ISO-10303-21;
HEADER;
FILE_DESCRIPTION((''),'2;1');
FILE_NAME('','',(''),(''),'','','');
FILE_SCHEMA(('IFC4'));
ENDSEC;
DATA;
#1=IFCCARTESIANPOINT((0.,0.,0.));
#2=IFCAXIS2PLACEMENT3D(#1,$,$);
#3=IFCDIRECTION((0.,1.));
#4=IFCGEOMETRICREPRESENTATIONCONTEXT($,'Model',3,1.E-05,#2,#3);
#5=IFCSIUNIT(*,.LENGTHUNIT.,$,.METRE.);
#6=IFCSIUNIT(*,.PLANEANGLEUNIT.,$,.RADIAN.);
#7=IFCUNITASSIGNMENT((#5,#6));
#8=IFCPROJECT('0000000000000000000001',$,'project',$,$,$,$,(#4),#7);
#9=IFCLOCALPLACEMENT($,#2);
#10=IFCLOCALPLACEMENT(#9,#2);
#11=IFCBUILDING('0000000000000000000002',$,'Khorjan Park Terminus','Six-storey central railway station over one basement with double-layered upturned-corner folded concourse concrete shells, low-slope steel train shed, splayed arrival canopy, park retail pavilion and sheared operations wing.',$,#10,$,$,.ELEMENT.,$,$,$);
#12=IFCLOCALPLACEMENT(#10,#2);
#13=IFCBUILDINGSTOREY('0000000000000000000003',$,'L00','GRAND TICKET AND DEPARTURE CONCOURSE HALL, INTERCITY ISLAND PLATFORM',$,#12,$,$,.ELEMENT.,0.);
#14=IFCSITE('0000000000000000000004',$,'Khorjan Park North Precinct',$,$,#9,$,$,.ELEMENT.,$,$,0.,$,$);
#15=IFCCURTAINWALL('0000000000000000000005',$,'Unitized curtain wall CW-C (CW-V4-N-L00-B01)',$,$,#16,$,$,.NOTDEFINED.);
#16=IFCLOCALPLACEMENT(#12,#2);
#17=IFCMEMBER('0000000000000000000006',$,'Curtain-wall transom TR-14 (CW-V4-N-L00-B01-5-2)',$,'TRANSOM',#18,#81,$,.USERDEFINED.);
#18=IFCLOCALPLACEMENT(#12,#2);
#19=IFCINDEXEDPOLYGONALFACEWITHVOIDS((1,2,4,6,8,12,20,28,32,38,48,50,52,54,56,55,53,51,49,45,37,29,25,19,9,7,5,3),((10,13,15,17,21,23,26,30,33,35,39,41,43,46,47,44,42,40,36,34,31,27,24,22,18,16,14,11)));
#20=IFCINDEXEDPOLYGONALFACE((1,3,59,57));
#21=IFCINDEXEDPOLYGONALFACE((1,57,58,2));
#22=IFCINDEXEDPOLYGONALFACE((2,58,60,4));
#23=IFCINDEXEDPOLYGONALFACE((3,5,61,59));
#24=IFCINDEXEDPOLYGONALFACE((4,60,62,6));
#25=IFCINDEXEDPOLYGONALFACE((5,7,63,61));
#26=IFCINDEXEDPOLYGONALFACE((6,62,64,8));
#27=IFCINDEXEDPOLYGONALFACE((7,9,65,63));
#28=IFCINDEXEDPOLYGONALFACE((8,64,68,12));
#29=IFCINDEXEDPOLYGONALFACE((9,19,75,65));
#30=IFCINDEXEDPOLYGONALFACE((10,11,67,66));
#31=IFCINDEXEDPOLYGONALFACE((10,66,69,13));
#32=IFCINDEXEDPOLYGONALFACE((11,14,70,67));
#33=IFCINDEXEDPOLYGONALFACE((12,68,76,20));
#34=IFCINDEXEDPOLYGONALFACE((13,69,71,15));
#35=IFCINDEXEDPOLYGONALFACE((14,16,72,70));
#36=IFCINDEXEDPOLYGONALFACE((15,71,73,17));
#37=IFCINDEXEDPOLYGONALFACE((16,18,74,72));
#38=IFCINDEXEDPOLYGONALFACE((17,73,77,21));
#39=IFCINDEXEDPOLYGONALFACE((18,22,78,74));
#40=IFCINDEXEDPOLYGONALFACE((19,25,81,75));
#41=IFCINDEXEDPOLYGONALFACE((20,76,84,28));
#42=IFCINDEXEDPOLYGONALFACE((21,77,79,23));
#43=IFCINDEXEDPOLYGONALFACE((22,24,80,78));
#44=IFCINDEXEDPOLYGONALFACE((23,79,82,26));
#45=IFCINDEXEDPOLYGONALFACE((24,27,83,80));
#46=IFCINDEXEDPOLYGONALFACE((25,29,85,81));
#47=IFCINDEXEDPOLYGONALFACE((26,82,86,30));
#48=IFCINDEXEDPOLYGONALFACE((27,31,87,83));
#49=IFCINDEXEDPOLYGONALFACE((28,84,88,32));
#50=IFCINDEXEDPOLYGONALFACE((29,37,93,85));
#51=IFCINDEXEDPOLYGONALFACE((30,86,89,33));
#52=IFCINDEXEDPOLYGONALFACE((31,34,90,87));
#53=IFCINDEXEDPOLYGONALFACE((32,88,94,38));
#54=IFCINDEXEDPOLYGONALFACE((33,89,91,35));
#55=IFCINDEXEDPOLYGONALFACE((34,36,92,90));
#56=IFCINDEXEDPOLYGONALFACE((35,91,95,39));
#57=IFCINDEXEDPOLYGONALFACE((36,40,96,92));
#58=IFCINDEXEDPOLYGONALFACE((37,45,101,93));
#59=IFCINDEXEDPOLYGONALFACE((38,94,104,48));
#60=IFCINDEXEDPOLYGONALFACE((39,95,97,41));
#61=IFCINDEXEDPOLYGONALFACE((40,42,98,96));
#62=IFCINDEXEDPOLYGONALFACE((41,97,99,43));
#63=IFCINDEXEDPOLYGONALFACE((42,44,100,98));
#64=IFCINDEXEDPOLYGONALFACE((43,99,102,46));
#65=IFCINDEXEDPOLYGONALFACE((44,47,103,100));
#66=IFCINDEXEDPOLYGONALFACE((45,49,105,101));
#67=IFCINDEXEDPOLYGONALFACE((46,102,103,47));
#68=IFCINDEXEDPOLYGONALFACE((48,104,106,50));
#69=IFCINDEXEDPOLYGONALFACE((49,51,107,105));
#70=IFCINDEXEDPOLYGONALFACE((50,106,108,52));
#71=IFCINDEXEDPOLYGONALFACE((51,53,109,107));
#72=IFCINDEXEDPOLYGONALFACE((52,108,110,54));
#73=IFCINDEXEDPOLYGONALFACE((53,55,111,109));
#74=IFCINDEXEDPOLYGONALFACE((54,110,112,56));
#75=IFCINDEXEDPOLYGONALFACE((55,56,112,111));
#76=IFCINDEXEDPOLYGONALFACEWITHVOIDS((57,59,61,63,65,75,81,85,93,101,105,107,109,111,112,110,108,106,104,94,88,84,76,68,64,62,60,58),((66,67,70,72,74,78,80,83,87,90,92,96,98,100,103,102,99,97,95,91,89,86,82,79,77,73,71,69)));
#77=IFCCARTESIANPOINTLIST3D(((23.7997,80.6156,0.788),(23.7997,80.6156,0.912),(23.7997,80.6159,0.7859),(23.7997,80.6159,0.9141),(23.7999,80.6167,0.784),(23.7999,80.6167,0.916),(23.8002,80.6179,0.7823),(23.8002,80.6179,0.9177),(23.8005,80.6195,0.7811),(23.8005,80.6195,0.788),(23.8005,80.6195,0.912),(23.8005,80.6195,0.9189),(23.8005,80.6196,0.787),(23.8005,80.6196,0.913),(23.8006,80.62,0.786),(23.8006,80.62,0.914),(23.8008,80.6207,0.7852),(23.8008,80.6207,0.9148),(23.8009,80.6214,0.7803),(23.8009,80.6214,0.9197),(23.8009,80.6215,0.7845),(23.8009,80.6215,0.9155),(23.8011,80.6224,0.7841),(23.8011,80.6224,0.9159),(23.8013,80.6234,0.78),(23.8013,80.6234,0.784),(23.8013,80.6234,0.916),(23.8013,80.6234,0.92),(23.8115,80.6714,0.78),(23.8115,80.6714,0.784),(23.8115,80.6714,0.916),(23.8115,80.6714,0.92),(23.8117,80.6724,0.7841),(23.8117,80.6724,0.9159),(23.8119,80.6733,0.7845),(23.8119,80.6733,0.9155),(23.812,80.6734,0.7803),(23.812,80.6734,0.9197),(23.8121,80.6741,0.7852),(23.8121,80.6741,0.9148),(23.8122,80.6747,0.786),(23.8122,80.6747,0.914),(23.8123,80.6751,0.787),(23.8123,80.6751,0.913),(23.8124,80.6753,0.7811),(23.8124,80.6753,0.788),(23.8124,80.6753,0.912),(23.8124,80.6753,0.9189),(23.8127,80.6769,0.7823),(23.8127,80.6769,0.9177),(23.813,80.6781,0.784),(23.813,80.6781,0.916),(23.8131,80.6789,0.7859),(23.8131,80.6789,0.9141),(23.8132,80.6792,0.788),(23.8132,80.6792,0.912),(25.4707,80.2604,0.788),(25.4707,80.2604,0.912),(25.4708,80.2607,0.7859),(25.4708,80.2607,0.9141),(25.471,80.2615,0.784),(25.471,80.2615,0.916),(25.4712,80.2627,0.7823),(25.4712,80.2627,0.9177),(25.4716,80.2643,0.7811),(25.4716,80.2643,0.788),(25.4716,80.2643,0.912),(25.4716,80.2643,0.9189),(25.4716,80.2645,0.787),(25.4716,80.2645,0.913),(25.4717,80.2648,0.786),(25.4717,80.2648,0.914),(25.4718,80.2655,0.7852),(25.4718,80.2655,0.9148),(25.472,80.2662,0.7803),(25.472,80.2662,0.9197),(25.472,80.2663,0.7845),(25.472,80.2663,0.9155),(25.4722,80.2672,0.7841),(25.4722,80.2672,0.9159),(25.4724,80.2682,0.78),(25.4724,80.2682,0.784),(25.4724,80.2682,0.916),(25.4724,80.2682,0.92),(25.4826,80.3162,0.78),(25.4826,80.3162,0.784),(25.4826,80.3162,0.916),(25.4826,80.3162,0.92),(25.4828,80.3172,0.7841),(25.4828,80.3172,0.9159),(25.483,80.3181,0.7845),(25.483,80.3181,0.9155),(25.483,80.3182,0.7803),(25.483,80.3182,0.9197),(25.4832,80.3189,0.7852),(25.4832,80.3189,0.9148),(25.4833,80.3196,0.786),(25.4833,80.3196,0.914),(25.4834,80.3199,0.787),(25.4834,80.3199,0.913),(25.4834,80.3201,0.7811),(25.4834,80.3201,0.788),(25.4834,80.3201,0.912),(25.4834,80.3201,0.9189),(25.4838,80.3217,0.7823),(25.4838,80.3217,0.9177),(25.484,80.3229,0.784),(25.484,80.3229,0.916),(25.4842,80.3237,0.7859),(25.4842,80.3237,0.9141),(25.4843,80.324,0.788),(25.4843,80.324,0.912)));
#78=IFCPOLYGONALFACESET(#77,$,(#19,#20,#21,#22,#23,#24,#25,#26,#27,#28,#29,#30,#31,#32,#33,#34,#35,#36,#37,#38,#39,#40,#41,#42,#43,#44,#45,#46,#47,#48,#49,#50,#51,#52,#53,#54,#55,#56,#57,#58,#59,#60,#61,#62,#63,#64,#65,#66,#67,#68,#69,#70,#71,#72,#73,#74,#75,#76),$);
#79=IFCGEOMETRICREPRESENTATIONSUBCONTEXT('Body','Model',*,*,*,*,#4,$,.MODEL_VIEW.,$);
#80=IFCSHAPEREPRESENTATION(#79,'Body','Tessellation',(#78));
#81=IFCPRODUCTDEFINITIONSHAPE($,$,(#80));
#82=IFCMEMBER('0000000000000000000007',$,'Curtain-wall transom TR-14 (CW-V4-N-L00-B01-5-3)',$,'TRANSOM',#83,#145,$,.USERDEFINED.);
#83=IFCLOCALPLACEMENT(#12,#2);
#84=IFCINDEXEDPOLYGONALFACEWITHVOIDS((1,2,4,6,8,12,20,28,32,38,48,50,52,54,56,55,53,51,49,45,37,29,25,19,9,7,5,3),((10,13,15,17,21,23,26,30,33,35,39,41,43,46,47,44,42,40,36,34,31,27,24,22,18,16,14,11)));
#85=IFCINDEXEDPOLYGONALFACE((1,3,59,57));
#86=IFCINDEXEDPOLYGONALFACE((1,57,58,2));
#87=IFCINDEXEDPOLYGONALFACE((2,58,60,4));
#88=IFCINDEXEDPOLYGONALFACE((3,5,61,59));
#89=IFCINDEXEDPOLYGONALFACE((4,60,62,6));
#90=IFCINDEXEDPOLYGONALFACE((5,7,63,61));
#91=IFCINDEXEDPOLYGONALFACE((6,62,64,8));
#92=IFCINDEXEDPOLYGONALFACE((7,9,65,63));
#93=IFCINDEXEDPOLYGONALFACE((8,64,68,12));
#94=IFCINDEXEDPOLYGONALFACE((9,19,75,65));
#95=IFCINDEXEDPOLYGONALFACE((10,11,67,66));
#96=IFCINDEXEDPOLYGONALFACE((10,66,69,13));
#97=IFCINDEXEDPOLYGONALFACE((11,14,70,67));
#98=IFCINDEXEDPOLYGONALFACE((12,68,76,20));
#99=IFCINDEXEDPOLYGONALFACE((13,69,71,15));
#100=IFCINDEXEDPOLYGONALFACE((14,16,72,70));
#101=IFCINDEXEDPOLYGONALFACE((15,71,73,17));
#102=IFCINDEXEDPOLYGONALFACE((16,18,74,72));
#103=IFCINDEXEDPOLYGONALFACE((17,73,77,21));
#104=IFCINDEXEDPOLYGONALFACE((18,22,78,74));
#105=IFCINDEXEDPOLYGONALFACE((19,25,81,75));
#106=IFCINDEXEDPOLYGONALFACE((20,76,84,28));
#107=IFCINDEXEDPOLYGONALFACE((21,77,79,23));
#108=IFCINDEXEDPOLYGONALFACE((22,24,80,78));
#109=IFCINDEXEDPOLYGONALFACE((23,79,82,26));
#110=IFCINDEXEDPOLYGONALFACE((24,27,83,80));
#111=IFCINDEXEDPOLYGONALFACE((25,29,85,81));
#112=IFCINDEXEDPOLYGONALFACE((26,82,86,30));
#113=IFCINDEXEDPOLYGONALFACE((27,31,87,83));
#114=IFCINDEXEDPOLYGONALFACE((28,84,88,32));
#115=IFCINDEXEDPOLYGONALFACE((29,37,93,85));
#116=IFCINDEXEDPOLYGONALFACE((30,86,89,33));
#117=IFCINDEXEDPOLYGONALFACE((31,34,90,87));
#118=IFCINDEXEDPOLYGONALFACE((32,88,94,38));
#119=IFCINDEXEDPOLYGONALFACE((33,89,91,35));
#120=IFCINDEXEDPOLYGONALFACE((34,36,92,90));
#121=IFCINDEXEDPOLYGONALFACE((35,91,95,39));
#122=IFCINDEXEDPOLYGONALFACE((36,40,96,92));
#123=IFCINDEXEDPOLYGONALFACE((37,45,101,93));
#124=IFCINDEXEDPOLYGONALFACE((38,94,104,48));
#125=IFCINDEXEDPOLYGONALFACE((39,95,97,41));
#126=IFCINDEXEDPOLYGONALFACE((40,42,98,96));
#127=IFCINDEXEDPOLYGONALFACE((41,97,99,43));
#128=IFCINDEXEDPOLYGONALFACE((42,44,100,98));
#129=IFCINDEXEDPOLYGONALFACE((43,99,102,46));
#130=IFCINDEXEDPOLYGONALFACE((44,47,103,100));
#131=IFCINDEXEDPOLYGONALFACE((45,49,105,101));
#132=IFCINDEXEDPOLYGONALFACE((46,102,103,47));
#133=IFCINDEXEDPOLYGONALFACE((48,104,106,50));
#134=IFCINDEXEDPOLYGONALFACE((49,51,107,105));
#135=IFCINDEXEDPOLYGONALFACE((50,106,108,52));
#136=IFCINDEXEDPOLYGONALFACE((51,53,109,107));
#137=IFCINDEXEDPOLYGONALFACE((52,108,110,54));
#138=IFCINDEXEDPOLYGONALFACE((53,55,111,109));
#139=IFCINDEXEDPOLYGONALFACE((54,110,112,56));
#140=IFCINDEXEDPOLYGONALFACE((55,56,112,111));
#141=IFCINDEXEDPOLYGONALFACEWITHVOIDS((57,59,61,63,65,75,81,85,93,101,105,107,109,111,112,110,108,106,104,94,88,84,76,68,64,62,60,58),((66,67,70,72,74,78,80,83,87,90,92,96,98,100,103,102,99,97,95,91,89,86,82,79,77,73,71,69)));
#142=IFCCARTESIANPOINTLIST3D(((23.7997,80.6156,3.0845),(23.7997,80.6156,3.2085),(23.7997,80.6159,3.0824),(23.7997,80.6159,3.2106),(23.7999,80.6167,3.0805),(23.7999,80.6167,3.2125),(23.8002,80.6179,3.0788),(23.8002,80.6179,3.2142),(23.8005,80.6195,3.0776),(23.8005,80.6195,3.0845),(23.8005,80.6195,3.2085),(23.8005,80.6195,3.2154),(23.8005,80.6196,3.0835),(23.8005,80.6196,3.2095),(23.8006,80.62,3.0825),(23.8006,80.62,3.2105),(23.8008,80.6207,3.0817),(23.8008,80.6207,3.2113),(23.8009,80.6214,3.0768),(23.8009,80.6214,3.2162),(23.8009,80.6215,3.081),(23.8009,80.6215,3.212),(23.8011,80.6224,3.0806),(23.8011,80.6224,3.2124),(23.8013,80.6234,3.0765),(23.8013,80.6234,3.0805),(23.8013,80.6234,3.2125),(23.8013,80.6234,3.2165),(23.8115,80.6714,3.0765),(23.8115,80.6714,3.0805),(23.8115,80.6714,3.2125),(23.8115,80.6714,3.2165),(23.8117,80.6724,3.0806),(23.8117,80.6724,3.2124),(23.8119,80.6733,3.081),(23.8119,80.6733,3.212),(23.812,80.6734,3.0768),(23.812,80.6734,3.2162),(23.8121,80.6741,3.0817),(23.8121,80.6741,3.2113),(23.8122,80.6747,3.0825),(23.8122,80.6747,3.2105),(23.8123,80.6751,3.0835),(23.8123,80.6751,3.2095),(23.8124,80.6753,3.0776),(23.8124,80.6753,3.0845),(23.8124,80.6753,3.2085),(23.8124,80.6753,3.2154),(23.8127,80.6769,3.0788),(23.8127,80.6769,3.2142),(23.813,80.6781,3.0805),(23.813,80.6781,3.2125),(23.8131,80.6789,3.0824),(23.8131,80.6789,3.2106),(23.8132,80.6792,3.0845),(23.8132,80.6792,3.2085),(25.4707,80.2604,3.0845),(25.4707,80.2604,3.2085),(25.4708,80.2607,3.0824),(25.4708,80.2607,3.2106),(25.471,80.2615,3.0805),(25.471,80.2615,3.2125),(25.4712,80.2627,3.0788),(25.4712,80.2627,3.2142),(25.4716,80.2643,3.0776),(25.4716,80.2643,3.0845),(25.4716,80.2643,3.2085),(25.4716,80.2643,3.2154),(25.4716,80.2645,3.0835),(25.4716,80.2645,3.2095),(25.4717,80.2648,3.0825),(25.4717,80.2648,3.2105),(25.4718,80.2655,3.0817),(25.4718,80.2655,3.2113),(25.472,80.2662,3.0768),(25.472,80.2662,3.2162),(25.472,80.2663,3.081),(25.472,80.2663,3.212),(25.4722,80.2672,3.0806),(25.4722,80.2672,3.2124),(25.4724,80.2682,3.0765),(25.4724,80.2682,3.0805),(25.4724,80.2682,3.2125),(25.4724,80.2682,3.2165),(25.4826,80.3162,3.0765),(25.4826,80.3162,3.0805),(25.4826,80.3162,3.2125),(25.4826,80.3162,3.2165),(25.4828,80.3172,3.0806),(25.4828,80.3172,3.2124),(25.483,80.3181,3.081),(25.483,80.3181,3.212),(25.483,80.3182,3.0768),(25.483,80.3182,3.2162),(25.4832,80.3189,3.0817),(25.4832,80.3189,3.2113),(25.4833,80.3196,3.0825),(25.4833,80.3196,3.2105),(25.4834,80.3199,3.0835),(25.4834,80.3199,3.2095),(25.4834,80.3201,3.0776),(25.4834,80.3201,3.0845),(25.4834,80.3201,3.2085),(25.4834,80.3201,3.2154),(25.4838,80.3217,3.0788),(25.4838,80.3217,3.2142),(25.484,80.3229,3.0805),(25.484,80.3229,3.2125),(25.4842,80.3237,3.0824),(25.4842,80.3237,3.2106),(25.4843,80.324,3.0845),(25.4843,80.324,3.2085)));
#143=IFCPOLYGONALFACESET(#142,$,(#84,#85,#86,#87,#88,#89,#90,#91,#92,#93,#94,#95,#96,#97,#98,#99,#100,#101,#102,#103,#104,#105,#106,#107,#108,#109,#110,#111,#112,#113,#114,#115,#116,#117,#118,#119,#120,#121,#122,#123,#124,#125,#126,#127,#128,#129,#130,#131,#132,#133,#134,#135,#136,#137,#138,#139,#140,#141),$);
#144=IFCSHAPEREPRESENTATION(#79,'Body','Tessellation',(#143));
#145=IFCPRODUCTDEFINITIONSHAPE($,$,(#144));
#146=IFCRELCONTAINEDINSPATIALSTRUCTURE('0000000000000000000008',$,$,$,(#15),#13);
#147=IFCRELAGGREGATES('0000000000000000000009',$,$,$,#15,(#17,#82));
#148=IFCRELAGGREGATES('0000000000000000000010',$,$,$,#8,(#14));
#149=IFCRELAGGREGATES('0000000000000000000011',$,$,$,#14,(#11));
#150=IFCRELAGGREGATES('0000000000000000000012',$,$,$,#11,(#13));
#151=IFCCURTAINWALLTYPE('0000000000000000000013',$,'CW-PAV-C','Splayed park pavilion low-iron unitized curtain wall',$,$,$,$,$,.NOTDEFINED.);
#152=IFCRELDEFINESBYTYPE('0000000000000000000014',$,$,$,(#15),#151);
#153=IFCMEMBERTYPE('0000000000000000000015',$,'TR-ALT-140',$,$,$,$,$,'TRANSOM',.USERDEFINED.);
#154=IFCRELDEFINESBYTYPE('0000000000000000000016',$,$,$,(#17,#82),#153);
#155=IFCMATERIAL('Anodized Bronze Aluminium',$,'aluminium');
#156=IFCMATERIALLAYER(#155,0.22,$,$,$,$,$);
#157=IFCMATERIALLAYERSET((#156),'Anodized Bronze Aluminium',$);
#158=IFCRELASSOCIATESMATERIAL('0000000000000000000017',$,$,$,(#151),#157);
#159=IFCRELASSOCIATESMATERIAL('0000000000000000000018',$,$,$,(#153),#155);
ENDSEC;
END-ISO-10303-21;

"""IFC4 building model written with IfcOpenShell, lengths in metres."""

from ifc_helpers import new_model, si_unit, direction, frame, origin, origin_2d, place, context, subcontext, project, spatial, hollow_rectangle, extrude, material, layer, layer_set, material_profile, profile_set, type_object, element, aggregate, save


model = new_model("IFC4")

# Units and contexts
model_context = context("Model", 3, precision=1e-05, world=origin(), true_north=direction((0.0, 1.0)))
body_context = subcontext(model_context, "Body", "Model", "MODEL_VIEW")
ifc_project = project(units=[si_unit("LENGTHUNIT", "METRE"), si_unit("PLANEANGLEUNIT", "RADIAN")], contexts=[model_context])

# Site, building, storey
site_placement = place(None, origin())
site = spatial("IfcSite", under=ifc_project, at=site_placement, Name="Khorjan Park North Precinct", CompositionType="ELEMENT", RefElevation=0.0)
building_placement = place(site_placement, origin())
building = spatial("IfcBuilding", under=site, at=building_placement, Name="Khorjan Park Terminus", Description="Six-storey central railway station over one basement with double-layered upturned-corner folded concourse concrete shells, low-slope steel train shed, splayed arrival canopy, park retail pavilion and sheared operations wing.", CompositionType="ELEMENT")
storey_placement = place(building_placement, origin())
storey = spatial("IfcBuildingStorey", under=building, at=storey_placement, Name="L00", Description="GRAND TICKET AND DEPARTURE CONCOURSE HALL, INTERCITY ISLAND PLATFORM", CompositionType="ELEMENT", Elevation=0.0)

# Curtain wall, members
ifc_material_1 = material(Name="Anodized Bronze Aluminium", Category="aluminium")
ifc_layer_1 = layer(ifc_material_1, 0.22)
ifc_layer_set_1 = layer_set([ifc_layer_1], Name="Anodized Bronze Aluminium")
curtain_wall_type = type_object("IfcCurtainWallType", Name="CW-PAV-C", Description="Splayed park pavilion low-iron unitized curtain wall", PredefinedType="NOTDEFINED", material=ifc_layer_set_1)
curtain_wall_placement = place(storey_placement, origin())
curtain_wall = element("IfcCurtainWall", 1, at=curtain_wall_placement, inside=storey, type_object=curtain_wall_type, Name="Unitized curtain wall CW-C (CW-V4-N-L00-B01)", PredefinedType="NOTDEFINED")
ifc_material_profile_1 = material_profile(ifc_material_1, hollow_rectangle(XDim=0.065, YDim=0.14, WallThickness=0.004, InnerFilletRadius=0.004, OuterFilletRadius=0.008, at=origin_2d()), Name="ALT 65x140x4")
ifc_profile_set_1 = profile_set([ifc_material_profile_1], Name="Anodized Bronze Aluminium")
member_type_1 = type_object("IfcMemberType", Name="TR-ALT-140", ElementType="TRANSOM", PredefinedType="USERDEFINED", material=ifc_profile_set_1)
member_1_placement = place(storey_placement, frame((25.4775, 80.2922, 0.85), z_axis=(-0.978148, 0.20791, 0.0), x_axis=(-0.20791, -0.978148, 0.0)))
member_1 = element("IfcMember", 2, at=member_1_placement, type_object=member_type_1, Name="Curtain-wall transom TR-14 (CW-V4-N-L00-B01-5-2)", ObjectType="TRANSOM", PredefinedType="USERDEFINED", context=body_context, shape_type="SweptSolid", body=[
    extrude(hollow_rectangle(XDim=0.065, YDim=0.14, WallThickness=0.004, InnerFilletRadius=0.004, OuterFilletRadius=0.008, at=origin_2d()), origin(), (0.0, 0.0, 1.0), 1.7084),
])
member_2_placement = place(storey_placement, frame((25.4775, 80.2922, 3.1465), z_axis=(-0.978148, 0.20791, 0.0), x_axis=(-0.20791, -0.978148, 0.0)))
member_2 = element("IfcMember", 3, at=member_2_placement, type_object=member_type_1, Name="Curtain-wall transom TR-14 (CW-V4-N-L00-B01-5-3)", ObjectType="TRANSOM", PredefinedType="USERDEFINED", context=body_context, shape_type="SweptSolid", body=[
    extrude(hollow_rectangle(XDim=0.065, YDim=0.14, WallThickness=0.004, InnerFilletRadius=0.004, OuterFilletRadius=0.008, at=origin_2d()), origin(), (0.0, 0.0, 1.0), 1.7084),
])
aggregate(curtain_wall, [member_1, member_2])

save(model, "model.ifc")
